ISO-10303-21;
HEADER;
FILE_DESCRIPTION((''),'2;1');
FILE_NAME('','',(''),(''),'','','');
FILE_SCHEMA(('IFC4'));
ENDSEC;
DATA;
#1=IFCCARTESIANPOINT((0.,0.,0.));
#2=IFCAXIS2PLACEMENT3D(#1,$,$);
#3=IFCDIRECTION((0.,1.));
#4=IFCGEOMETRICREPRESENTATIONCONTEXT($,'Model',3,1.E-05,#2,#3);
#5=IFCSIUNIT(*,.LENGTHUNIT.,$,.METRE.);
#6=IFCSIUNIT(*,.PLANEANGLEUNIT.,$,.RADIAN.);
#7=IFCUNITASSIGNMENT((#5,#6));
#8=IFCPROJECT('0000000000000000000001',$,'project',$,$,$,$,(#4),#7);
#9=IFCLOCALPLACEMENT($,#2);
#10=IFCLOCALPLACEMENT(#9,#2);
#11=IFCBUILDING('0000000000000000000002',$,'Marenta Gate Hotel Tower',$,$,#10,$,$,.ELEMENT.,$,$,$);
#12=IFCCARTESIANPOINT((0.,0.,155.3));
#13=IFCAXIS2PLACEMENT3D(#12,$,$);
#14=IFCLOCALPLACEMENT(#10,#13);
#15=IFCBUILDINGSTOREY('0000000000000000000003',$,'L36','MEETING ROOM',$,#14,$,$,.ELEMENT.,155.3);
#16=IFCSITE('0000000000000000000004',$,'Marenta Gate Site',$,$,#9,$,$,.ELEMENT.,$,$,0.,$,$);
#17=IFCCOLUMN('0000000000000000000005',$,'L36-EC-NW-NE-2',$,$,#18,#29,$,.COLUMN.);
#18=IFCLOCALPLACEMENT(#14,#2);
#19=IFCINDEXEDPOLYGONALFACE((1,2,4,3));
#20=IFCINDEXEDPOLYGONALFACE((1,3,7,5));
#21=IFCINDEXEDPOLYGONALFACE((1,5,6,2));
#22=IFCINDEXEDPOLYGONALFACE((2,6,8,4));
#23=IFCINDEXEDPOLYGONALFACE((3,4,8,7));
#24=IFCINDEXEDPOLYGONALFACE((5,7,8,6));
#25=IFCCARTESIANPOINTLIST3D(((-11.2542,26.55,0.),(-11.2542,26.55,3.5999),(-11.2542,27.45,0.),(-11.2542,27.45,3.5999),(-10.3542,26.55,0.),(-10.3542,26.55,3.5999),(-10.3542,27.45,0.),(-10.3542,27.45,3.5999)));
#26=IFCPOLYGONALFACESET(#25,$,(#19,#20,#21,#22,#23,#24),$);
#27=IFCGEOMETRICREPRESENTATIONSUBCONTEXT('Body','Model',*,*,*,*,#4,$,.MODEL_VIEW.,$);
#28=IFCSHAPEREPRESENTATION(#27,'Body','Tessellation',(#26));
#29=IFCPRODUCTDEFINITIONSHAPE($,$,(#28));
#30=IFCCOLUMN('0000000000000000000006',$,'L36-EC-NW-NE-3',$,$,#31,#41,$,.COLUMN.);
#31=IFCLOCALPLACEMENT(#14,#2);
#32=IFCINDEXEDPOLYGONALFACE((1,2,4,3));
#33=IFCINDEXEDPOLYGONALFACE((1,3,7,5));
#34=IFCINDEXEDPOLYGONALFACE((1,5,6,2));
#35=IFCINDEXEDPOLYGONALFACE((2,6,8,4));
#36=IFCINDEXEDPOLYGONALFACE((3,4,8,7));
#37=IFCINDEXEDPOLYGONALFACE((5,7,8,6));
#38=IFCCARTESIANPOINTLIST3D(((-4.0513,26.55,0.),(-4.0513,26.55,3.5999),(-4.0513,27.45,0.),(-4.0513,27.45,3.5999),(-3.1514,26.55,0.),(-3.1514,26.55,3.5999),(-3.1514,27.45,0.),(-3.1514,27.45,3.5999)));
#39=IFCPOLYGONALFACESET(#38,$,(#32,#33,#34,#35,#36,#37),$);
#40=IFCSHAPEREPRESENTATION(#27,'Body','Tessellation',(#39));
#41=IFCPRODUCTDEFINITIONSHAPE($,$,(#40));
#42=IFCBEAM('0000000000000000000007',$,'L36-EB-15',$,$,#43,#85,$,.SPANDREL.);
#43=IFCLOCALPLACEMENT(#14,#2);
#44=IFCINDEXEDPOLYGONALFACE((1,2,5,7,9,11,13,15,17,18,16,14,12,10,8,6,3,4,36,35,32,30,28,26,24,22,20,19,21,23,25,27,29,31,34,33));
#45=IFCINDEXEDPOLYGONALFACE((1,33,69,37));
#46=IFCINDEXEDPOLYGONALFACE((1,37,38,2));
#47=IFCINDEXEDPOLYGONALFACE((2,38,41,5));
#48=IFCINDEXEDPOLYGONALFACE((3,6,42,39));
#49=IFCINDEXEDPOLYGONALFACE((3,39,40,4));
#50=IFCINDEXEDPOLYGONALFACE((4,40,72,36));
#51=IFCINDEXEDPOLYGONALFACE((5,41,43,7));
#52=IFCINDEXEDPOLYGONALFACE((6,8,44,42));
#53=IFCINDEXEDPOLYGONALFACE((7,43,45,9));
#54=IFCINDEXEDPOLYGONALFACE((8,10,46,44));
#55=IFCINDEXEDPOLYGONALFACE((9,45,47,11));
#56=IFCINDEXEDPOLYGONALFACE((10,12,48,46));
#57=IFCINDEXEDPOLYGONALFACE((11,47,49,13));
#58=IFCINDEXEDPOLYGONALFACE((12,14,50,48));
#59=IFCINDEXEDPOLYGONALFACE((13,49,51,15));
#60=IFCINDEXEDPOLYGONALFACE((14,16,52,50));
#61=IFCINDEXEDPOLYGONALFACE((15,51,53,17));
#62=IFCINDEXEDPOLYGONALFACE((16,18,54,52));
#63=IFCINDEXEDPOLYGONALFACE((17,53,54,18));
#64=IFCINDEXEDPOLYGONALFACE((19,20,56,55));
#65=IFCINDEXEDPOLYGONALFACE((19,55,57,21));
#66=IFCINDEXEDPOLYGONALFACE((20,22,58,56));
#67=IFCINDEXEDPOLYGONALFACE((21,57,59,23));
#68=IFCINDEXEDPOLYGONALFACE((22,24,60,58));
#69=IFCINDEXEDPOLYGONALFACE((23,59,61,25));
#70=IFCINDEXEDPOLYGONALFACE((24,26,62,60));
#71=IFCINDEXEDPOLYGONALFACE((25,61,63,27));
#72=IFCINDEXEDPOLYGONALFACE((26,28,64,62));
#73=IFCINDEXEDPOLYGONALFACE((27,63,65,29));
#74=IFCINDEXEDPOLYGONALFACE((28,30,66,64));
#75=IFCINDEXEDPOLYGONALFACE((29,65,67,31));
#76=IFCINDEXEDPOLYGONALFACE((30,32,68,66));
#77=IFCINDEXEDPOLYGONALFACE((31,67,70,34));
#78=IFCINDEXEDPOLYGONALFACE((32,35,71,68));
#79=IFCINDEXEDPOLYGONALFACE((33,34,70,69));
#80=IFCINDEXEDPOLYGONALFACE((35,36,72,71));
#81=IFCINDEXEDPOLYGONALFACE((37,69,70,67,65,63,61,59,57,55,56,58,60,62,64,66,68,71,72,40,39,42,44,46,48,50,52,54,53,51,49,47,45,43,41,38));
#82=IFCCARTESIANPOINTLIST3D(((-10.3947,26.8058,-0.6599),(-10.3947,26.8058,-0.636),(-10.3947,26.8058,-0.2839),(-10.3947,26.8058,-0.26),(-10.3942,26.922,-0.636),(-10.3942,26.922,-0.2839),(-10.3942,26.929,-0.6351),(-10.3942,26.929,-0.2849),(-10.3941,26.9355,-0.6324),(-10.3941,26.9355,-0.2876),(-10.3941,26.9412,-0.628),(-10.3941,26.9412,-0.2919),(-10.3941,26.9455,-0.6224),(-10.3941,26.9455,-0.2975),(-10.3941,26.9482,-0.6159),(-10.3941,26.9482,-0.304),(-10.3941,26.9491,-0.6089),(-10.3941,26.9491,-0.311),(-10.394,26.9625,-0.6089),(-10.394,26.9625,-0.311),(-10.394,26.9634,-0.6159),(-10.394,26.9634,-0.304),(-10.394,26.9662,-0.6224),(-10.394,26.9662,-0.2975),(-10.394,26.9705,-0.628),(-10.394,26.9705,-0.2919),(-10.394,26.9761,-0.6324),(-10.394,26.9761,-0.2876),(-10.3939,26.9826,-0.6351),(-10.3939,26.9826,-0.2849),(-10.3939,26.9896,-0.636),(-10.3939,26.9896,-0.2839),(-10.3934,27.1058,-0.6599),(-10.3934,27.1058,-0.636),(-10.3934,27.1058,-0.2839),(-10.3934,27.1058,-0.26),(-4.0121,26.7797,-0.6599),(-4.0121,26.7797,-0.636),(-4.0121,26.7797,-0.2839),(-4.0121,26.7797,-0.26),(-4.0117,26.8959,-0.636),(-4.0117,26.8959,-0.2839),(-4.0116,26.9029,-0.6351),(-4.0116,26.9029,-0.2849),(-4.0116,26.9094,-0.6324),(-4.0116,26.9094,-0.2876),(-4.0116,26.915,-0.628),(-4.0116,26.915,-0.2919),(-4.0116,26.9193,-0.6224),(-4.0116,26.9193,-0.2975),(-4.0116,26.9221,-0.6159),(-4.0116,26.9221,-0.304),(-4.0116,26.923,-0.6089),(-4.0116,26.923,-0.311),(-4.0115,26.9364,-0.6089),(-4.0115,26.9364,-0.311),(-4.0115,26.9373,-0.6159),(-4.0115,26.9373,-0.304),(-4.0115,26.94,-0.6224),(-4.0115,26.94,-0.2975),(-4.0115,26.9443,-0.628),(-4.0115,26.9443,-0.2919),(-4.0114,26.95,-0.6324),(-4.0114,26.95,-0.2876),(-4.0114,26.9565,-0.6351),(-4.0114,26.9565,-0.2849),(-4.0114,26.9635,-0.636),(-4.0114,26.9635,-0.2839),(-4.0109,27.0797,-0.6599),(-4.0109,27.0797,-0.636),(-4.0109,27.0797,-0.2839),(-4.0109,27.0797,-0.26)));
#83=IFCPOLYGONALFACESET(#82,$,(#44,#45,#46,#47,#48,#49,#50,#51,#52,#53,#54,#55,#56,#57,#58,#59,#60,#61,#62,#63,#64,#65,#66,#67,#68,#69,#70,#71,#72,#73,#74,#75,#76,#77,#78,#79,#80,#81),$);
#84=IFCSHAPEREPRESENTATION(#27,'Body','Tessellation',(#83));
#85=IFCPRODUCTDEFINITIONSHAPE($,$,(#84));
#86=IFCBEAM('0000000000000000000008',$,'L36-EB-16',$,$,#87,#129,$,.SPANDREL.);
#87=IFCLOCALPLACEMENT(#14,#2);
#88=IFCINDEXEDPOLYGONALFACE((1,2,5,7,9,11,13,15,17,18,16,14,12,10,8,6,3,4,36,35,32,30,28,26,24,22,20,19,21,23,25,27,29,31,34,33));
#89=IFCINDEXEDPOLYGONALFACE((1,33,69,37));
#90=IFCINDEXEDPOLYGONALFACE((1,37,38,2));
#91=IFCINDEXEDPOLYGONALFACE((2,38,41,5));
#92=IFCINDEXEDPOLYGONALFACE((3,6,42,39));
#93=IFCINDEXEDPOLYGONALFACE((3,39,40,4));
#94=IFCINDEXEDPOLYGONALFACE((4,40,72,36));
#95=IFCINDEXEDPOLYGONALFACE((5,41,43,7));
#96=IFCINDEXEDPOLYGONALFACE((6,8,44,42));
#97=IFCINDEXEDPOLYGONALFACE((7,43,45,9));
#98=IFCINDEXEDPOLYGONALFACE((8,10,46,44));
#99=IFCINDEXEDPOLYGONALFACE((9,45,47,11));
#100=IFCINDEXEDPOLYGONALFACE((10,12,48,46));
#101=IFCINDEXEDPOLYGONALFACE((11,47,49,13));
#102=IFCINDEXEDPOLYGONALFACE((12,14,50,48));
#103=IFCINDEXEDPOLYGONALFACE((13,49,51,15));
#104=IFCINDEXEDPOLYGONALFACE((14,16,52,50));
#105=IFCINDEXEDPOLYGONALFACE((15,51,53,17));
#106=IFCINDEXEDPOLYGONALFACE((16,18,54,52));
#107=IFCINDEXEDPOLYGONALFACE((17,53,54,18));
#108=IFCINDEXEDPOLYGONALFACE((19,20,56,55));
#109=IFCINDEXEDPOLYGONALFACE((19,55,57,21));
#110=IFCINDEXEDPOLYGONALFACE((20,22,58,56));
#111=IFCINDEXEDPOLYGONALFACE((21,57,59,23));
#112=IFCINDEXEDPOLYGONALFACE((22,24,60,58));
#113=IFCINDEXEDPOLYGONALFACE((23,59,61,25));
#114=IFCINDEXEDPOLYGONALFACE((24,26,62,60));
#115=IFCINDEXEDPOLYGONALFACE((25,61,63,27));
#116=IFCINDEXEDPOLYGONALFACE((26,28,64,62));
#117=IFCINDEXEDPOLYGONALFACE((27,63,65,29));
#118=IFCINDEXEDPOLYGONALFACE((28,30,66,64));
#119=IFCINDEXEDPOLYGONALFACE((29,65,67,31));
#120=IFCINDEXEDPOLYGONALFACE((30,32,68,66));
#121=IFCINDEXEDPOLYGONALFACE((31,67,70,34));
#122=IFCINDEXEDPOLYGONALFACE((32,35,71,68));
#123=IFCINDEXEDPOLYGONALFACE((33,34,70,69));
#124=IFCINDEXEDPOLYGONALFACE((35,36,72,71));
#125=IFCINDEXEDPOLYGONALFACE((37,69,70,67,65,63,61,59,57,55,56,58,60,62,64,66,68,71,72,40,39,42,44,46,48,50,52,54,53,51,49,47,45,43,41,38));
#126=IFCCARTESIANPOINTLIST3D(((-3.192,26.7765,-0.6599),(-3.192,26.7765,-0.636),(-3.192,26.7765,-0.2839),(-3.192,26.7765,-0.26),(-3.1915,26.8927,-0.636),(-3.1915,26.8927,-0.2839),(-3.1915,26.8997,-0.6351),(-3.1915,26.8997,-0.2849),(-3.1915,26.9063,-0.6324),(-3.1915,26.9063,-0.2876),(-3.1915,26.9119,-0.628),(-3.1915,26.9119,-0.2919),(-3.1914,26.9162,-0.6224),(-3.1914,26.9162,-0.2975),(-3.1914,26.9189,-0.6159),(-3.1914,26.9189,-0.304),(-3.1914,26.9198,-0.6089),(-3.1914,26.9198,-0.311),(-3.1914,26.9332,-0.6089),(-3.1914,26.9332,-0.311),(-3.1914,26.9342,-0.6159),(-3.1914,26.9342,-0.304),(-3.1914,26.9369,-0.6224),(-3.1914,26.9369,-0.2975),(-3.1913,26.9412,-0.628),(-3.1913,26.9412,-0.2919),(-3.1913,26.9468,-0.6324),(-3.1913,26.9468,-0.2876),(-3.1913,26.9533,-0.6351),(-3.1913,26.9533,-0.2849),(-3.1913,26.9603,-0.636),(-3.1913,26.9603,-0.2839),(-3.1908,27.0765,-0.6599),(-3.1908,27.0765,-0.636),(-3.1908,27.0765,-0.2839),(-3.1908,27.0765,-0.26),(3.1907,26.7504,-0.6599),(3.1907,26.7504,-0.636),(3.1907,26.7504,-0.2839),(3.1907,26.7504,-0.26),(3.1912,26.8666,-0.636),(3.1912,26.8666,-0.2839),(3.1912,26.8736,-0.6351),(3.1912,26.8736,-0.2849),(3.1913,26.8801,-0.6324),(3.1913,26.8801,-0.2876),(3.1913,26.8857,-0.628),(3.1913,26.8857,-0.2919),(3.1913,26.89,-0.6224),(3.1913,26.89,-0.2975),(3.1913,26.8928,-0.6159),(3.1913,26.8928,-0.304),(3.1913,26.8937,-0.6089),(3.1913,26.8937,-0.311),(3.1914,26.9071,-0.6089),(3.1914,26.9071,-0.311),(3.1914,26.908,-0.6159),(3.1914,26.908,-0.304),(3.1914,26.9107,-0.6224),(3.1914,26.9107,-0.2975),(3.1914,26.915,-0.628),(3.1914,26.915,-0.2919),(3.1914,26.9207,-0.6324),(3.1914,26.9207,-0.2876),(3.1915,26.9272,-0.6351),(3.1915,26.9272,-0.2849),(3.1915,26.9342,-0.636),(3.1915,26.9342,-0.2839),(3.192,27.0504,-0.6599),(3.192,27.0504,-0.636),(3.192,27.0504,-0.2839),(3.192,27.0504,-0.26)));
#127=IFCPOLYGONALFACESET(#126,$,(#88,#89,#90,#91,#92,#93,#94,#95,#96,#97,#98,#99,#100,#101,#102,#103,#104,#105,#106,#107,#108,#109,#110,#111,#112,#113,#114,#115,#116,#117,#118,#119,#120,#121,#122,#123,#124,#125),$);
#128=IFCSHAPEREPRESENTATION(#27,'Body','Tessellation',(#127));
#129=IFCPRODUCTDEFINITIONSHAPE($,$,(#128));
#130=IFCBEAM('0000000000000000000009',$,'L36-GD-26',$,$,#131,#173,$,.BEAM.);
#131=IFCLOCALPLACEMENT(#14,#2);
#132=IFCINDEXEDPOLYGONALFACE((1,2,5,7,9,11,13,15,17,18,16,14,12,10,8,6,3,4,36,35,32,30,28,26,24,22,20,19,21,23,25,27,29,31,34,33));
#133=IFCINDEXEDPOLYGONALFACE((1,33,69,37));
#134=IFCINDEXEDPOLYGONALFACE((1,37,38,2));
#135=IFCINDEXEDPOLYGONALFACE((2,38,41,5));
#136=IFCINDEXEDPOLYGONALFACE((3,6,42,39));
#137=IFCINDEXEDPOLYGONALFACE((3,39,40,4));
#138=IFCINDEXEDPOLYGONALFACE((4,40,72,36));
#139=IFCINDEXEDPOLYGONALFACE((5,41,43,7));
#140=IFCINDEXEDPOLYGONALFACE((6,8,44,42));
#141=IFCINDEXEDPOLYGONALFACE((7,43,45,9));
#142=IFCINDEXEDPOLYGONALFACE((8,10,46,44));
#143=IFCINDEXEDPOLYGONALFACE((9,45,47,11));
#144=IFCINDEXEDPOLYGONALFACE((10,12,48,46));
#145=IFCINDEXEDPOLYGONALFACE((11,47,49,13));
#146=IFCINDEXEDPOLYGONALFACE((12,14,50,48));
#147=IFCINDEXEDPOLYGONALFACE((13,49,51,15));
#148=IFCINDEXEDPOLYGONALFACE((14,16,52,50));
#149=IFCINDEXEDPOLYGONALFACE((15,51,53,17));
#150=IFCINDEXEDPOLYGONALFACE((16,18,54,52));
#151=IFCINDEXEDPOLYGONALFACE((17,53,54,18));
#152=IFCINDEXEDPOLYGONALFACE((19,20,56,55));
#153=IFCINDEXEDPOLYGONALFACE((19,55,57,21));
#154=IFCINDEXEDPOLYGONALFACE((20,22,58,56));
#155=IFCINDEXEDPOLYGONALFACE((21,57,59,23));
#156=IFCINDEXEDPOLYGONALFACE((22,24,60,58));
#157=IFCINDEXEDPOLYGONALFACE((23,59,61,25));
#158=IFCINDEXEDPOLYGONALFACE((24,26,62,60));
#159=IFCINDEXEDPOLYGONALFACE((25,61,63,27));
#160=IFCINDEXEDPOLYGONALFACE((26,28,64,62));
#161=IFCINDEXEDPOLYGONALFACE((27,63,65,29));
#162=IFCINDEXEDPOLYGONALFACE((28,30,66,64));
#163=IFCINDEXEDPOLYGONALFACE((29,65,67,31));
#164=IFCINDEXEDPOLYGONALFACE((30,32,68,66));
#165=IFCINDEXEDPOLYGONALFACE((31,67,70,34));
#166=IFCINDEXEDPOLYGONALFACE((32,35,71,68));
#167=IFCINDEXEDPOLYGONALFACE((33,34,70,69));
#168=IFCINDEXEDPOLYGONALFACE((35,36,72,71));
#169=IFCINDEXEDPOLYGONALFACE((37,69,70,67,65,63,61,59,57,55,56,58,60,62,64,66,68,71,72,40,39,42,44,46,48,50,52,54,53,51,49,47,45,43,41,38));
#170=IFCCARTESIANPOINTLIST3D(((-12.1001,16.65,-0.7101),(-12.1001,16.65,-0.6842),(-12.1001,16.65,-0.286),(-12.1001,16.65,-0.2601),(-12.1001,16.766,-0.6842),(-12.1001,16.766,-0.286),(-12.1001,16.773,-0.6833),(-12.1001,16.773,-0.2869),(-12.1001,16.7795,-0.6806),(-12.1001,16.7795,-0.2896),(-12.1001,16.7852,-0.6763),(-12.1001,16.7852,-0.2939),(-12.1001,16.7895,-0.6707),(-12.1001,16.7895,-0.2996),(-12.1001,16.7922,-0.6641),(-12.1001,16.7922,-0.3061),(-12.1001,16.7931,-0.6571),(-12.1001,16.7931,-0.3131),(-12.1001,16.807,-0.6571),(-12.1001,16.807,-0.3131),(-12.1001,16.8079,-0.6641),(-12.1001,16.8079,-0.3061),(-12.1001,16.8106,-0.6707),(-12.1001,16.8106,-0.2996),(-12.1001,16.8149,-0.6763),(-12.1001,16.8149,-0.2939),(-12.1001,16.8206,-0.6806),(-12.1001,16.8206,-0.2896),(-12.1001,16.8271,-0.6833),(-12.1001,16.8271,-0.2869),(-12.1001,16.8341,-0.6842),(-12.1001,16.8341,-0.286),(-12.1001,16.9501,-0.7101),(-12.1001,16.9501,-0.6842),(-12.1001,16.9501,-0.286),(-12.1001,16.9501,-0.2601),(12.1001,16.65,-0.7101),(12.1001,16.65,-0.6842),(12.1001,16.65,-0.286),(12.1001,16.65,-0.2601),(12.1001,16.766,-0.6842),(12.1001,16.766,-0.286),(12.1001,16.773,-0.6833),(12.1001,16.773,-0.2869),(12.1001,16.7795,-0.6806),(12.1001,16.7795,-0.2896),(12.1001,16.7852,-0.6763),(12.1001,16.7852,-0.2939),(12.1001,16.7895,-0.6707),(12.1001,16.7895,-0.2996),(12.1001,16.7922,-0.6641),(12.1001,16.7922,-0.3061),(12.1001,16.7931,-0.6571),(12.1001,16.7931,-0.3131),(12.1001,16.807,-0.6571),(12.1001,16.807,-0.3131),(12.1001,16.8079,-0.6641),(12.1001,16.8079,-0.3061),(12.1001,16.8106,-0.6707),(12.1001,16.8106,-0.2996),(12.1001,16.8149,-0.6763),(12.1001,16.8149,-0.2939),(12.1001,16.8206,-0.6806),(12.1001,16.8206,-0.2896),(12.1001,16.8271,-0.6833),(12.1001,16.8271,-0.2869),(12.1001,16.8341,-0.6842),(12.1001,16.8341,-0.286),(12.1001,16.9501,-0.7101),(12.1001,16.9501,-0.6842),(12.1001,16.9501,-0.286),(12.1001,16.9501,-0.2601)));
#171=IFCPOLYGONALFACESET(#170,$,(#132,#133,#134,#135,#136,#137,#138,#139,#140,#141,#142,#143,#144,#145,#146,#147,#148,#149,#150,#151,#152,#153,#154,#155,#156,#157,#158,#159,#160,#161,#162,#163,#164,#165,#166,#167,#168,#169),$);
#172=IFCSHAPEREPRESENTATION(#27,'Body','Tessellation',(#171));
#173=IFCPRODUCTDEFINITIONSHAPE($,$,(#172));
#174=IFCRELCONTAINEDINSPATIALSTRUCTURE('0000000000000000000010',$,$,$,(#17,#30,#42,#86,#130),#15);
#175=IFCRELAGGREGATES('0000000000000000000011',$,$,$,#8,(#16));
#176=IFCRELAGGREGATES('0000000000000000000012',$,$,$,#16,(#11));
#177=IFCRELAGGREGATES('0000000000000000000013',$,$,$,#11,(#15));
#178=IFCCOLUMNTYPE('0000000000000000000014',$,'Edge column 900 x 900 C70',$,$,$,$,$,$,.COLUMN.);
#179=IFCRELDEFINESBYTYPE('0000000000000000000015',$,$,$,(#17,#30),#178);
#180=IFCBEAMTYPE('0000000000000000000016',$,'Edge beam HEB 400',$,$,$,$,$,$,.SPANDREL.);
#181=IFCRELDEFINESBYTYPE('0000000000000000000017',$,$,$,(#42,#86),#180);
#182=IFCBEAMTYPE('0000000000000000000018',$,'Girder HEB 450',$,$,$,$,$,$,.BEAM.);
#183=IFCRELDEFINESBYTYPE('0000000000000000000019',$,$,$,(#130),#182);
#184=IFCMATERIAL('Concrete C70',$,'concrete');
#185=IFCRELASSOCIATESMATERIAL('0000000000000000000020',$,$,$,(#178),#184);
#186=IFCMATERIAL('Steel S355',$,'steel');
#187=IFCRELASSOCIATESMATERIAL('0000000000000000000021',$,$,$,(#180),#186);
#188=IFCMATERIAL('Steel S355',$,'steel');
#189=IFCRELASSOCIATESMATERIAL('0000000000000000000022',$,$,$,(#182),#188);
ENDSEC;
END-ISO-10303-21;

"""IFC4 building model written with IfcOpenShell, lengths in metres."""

from ifc_helpers import new_model, si_unit, direction, frame, origin, origin_2d, place, context, subcontext, project, spatial, rectangle, i_section, extrude, material, material_profile, profile_set, type_object, element, save


model = new_model("IFC4")

# Units and contexts
model_context = context("Model", 3, precision=1e-05, world=origin(), true_north=direction((0.0, 1.0)))
body_context = subcontext(model_context, "Body", "Model", "MODEL_VIEW")
ifc_project = project(units=[si_unit("LENGTHUNIT", "METRE"), si_unit("PLANEANGLEUNIT", "RADIAN")], contexts=[model_context])

# Site, building, storey
site_placement = place(None, origin())
site = spatial("IfcSite", under=ifc_project, at=site_placement, Name="Marenta Gate Site", CompositionType="ELEMENT", RefElevation=0.0)
building_placement = place(site_placement, origin())
building = spatial("IfcBuilding", under=site, at=building_placement, Name="Marenta Gate Hotel Tower", CompositionType="ELEMENT")
storey_placement = place(building_placement, frame((0.0, 0.0, 155.3)))
storey = spatial("IfcBuildingStorey", under=building, at=storey_placement, Name="L36", Description="MEETING ROOM", CompositionType="ELEMENT", Elevation=155.3)

# Columns
ifc_material_1 = material(Name="Concrete C70", Category="concrete")
ifc_material_profile_1 = material_profile(ifc_material_1, rectangle(XDim=0.8999, YDim=0.8999, at=origin_2d()), Name="900 x 900")
ifc_profile_set_1 = profile_set([ifc_material_profile_1], Name="Concrete C70")
column_type = type_object("IfcColumnType", Name="Edge column 900 x 900 C70", PredefinedType="COLUMN", material=ifc_profile_set_1)
for number, where, z_axis, x_axis, name in (
    (1, (-10.8042, 27.0, 0.0), (0.0, 0.0, 1.0), (1.0, 0.0, 0.0), "L36-EC-NW-NE-2"),
    (2, (-3.6013, 27.0, 0.0), (0.0, 0.0, 1.0), (1.0, 0.0, 0.0), "L36-EC-NW-NE-3"),
):
    element("IfcColumn", number, at=place(storey_placement, frame(where, z_axis=z_axis, x_axis=x_axis)), inside=storey, type_object=column_type, Name=name, PredefinedType="COLUMN", context=body_context, shape_type="SweptSolid", body=[
        extrude(rectangle(XDim=0.8999, YDim=0.8999, at=origin_2d()), origin(), (0.0, 0.0, 1.0), 3.5999),
    ])

# Beams
ifc_material_2 = material(Name="Steel S355", Category="steel")
ifc_material_profile_2 = material_profile(ifc_material_2, i_section(OverallWidth=0.3, OverallDepth=0.3999, WebThickness=0.0134, FlangeThickness=0.0239, FilletRadius=0.0271, at=origin_2d()), Name="HEB 400")
ifc_profile_set_2 = profile_set([ifc_material_profile_2], Name="Steel S355")
beam_type_1 = type_object("IfcBeamType", Name="Edge beam HEB 400", PredefinedType="SPANDREL", material=ifc_profile_set_2)
beam_1_placement = place(storey_placement, frame((-10.394, 26.9558, -0.46), z_axis=(0.999992, -0.004093, 0.0), x_axis=(0.004093, 0.999992, 0.0)))
element("IfcBeam", 3, at=beam_1_placement, inside=storey, type_object=beam_type_1, Name="L36-EB-15", PredefinedType="SPANDREL", context=body_context, shape_type="SweptSolid", body=[
    extrude(i_section(OverallWidth=0.3, OverallDepth=0.3999, WebThickness=0.0134, FlangeThickness=0.0239, FilletRadius=0.0271, at=origin_2d()), origin(), (0.0, 0.0, 1.0), 6.3826),
])
beam_2_placement = place(storey_placement, frame((-3.1914, 26.9265, -0.46), z_axis=(0.999992, -0.004093, 0.0), x_axis=(0.004093, 0.999992, 0.0)))
element("IfcBeam", 4, at=beam_2_placement, inside=storey, type_object=beam_type_1, Name="L36-EB-16", PredefinedType="SPANDREL", context=body_context, shape_type="SweptSolid", body=[
    extrude(i_section(OverallWidth=0.3, OverallDepth=0.3999, WebThickness=0.0134, FlangeThickness=0.0239, FilletRadius=0.0271, at=origin_2d()), origin(), (0.0, 0.0, 1.0), 6.3828),
])
ifc_material_3 = material(Name="Steel S355", Category="steel")
ifc_material_profile_3 = material_profile(ifc_material_3, i_section(OverallWidth=0.3, OverallDepth=0.45, WebThickness=0.0139, FlangeThickness=0.0259, FilletRadius=0.0271, at=origin_2d()), Name="HEB 450")
ifc_profile_set_3 = profile_set([ifc_material_profile_3], Name="Steel S355")
beam_type_2 = type_object("IfcBeamType", Name="Girder HEB 450", PredefinedType="BEAM", material=ifc_profile_set_3)
beam_3_placement = place(storey_placement, frame((-12.1001, 16.8, -0.4851), z_axis=(1.0, 0.0, 0.0), x_axis=(0.0, 1.0, 0.0)))
element("IfcBeam", 5, at=beam_3_placement, inside=storey, type_object=beam_type_2, Name="L36-GD-26", PredefinedType="BEAM", context=body_context, shape_type="SweptSolid", body=[
    extrude(i_section(OverallWidth=0.3, OverallDepth=0.45, WebThickness=0.0139, FlangeThickness=0.0259, FilletRadius=0.0271, at=origin_2d()), origin(), (0.0, 0.0, 1.0), 24.2002),
])

save(model, "model.ifc")
